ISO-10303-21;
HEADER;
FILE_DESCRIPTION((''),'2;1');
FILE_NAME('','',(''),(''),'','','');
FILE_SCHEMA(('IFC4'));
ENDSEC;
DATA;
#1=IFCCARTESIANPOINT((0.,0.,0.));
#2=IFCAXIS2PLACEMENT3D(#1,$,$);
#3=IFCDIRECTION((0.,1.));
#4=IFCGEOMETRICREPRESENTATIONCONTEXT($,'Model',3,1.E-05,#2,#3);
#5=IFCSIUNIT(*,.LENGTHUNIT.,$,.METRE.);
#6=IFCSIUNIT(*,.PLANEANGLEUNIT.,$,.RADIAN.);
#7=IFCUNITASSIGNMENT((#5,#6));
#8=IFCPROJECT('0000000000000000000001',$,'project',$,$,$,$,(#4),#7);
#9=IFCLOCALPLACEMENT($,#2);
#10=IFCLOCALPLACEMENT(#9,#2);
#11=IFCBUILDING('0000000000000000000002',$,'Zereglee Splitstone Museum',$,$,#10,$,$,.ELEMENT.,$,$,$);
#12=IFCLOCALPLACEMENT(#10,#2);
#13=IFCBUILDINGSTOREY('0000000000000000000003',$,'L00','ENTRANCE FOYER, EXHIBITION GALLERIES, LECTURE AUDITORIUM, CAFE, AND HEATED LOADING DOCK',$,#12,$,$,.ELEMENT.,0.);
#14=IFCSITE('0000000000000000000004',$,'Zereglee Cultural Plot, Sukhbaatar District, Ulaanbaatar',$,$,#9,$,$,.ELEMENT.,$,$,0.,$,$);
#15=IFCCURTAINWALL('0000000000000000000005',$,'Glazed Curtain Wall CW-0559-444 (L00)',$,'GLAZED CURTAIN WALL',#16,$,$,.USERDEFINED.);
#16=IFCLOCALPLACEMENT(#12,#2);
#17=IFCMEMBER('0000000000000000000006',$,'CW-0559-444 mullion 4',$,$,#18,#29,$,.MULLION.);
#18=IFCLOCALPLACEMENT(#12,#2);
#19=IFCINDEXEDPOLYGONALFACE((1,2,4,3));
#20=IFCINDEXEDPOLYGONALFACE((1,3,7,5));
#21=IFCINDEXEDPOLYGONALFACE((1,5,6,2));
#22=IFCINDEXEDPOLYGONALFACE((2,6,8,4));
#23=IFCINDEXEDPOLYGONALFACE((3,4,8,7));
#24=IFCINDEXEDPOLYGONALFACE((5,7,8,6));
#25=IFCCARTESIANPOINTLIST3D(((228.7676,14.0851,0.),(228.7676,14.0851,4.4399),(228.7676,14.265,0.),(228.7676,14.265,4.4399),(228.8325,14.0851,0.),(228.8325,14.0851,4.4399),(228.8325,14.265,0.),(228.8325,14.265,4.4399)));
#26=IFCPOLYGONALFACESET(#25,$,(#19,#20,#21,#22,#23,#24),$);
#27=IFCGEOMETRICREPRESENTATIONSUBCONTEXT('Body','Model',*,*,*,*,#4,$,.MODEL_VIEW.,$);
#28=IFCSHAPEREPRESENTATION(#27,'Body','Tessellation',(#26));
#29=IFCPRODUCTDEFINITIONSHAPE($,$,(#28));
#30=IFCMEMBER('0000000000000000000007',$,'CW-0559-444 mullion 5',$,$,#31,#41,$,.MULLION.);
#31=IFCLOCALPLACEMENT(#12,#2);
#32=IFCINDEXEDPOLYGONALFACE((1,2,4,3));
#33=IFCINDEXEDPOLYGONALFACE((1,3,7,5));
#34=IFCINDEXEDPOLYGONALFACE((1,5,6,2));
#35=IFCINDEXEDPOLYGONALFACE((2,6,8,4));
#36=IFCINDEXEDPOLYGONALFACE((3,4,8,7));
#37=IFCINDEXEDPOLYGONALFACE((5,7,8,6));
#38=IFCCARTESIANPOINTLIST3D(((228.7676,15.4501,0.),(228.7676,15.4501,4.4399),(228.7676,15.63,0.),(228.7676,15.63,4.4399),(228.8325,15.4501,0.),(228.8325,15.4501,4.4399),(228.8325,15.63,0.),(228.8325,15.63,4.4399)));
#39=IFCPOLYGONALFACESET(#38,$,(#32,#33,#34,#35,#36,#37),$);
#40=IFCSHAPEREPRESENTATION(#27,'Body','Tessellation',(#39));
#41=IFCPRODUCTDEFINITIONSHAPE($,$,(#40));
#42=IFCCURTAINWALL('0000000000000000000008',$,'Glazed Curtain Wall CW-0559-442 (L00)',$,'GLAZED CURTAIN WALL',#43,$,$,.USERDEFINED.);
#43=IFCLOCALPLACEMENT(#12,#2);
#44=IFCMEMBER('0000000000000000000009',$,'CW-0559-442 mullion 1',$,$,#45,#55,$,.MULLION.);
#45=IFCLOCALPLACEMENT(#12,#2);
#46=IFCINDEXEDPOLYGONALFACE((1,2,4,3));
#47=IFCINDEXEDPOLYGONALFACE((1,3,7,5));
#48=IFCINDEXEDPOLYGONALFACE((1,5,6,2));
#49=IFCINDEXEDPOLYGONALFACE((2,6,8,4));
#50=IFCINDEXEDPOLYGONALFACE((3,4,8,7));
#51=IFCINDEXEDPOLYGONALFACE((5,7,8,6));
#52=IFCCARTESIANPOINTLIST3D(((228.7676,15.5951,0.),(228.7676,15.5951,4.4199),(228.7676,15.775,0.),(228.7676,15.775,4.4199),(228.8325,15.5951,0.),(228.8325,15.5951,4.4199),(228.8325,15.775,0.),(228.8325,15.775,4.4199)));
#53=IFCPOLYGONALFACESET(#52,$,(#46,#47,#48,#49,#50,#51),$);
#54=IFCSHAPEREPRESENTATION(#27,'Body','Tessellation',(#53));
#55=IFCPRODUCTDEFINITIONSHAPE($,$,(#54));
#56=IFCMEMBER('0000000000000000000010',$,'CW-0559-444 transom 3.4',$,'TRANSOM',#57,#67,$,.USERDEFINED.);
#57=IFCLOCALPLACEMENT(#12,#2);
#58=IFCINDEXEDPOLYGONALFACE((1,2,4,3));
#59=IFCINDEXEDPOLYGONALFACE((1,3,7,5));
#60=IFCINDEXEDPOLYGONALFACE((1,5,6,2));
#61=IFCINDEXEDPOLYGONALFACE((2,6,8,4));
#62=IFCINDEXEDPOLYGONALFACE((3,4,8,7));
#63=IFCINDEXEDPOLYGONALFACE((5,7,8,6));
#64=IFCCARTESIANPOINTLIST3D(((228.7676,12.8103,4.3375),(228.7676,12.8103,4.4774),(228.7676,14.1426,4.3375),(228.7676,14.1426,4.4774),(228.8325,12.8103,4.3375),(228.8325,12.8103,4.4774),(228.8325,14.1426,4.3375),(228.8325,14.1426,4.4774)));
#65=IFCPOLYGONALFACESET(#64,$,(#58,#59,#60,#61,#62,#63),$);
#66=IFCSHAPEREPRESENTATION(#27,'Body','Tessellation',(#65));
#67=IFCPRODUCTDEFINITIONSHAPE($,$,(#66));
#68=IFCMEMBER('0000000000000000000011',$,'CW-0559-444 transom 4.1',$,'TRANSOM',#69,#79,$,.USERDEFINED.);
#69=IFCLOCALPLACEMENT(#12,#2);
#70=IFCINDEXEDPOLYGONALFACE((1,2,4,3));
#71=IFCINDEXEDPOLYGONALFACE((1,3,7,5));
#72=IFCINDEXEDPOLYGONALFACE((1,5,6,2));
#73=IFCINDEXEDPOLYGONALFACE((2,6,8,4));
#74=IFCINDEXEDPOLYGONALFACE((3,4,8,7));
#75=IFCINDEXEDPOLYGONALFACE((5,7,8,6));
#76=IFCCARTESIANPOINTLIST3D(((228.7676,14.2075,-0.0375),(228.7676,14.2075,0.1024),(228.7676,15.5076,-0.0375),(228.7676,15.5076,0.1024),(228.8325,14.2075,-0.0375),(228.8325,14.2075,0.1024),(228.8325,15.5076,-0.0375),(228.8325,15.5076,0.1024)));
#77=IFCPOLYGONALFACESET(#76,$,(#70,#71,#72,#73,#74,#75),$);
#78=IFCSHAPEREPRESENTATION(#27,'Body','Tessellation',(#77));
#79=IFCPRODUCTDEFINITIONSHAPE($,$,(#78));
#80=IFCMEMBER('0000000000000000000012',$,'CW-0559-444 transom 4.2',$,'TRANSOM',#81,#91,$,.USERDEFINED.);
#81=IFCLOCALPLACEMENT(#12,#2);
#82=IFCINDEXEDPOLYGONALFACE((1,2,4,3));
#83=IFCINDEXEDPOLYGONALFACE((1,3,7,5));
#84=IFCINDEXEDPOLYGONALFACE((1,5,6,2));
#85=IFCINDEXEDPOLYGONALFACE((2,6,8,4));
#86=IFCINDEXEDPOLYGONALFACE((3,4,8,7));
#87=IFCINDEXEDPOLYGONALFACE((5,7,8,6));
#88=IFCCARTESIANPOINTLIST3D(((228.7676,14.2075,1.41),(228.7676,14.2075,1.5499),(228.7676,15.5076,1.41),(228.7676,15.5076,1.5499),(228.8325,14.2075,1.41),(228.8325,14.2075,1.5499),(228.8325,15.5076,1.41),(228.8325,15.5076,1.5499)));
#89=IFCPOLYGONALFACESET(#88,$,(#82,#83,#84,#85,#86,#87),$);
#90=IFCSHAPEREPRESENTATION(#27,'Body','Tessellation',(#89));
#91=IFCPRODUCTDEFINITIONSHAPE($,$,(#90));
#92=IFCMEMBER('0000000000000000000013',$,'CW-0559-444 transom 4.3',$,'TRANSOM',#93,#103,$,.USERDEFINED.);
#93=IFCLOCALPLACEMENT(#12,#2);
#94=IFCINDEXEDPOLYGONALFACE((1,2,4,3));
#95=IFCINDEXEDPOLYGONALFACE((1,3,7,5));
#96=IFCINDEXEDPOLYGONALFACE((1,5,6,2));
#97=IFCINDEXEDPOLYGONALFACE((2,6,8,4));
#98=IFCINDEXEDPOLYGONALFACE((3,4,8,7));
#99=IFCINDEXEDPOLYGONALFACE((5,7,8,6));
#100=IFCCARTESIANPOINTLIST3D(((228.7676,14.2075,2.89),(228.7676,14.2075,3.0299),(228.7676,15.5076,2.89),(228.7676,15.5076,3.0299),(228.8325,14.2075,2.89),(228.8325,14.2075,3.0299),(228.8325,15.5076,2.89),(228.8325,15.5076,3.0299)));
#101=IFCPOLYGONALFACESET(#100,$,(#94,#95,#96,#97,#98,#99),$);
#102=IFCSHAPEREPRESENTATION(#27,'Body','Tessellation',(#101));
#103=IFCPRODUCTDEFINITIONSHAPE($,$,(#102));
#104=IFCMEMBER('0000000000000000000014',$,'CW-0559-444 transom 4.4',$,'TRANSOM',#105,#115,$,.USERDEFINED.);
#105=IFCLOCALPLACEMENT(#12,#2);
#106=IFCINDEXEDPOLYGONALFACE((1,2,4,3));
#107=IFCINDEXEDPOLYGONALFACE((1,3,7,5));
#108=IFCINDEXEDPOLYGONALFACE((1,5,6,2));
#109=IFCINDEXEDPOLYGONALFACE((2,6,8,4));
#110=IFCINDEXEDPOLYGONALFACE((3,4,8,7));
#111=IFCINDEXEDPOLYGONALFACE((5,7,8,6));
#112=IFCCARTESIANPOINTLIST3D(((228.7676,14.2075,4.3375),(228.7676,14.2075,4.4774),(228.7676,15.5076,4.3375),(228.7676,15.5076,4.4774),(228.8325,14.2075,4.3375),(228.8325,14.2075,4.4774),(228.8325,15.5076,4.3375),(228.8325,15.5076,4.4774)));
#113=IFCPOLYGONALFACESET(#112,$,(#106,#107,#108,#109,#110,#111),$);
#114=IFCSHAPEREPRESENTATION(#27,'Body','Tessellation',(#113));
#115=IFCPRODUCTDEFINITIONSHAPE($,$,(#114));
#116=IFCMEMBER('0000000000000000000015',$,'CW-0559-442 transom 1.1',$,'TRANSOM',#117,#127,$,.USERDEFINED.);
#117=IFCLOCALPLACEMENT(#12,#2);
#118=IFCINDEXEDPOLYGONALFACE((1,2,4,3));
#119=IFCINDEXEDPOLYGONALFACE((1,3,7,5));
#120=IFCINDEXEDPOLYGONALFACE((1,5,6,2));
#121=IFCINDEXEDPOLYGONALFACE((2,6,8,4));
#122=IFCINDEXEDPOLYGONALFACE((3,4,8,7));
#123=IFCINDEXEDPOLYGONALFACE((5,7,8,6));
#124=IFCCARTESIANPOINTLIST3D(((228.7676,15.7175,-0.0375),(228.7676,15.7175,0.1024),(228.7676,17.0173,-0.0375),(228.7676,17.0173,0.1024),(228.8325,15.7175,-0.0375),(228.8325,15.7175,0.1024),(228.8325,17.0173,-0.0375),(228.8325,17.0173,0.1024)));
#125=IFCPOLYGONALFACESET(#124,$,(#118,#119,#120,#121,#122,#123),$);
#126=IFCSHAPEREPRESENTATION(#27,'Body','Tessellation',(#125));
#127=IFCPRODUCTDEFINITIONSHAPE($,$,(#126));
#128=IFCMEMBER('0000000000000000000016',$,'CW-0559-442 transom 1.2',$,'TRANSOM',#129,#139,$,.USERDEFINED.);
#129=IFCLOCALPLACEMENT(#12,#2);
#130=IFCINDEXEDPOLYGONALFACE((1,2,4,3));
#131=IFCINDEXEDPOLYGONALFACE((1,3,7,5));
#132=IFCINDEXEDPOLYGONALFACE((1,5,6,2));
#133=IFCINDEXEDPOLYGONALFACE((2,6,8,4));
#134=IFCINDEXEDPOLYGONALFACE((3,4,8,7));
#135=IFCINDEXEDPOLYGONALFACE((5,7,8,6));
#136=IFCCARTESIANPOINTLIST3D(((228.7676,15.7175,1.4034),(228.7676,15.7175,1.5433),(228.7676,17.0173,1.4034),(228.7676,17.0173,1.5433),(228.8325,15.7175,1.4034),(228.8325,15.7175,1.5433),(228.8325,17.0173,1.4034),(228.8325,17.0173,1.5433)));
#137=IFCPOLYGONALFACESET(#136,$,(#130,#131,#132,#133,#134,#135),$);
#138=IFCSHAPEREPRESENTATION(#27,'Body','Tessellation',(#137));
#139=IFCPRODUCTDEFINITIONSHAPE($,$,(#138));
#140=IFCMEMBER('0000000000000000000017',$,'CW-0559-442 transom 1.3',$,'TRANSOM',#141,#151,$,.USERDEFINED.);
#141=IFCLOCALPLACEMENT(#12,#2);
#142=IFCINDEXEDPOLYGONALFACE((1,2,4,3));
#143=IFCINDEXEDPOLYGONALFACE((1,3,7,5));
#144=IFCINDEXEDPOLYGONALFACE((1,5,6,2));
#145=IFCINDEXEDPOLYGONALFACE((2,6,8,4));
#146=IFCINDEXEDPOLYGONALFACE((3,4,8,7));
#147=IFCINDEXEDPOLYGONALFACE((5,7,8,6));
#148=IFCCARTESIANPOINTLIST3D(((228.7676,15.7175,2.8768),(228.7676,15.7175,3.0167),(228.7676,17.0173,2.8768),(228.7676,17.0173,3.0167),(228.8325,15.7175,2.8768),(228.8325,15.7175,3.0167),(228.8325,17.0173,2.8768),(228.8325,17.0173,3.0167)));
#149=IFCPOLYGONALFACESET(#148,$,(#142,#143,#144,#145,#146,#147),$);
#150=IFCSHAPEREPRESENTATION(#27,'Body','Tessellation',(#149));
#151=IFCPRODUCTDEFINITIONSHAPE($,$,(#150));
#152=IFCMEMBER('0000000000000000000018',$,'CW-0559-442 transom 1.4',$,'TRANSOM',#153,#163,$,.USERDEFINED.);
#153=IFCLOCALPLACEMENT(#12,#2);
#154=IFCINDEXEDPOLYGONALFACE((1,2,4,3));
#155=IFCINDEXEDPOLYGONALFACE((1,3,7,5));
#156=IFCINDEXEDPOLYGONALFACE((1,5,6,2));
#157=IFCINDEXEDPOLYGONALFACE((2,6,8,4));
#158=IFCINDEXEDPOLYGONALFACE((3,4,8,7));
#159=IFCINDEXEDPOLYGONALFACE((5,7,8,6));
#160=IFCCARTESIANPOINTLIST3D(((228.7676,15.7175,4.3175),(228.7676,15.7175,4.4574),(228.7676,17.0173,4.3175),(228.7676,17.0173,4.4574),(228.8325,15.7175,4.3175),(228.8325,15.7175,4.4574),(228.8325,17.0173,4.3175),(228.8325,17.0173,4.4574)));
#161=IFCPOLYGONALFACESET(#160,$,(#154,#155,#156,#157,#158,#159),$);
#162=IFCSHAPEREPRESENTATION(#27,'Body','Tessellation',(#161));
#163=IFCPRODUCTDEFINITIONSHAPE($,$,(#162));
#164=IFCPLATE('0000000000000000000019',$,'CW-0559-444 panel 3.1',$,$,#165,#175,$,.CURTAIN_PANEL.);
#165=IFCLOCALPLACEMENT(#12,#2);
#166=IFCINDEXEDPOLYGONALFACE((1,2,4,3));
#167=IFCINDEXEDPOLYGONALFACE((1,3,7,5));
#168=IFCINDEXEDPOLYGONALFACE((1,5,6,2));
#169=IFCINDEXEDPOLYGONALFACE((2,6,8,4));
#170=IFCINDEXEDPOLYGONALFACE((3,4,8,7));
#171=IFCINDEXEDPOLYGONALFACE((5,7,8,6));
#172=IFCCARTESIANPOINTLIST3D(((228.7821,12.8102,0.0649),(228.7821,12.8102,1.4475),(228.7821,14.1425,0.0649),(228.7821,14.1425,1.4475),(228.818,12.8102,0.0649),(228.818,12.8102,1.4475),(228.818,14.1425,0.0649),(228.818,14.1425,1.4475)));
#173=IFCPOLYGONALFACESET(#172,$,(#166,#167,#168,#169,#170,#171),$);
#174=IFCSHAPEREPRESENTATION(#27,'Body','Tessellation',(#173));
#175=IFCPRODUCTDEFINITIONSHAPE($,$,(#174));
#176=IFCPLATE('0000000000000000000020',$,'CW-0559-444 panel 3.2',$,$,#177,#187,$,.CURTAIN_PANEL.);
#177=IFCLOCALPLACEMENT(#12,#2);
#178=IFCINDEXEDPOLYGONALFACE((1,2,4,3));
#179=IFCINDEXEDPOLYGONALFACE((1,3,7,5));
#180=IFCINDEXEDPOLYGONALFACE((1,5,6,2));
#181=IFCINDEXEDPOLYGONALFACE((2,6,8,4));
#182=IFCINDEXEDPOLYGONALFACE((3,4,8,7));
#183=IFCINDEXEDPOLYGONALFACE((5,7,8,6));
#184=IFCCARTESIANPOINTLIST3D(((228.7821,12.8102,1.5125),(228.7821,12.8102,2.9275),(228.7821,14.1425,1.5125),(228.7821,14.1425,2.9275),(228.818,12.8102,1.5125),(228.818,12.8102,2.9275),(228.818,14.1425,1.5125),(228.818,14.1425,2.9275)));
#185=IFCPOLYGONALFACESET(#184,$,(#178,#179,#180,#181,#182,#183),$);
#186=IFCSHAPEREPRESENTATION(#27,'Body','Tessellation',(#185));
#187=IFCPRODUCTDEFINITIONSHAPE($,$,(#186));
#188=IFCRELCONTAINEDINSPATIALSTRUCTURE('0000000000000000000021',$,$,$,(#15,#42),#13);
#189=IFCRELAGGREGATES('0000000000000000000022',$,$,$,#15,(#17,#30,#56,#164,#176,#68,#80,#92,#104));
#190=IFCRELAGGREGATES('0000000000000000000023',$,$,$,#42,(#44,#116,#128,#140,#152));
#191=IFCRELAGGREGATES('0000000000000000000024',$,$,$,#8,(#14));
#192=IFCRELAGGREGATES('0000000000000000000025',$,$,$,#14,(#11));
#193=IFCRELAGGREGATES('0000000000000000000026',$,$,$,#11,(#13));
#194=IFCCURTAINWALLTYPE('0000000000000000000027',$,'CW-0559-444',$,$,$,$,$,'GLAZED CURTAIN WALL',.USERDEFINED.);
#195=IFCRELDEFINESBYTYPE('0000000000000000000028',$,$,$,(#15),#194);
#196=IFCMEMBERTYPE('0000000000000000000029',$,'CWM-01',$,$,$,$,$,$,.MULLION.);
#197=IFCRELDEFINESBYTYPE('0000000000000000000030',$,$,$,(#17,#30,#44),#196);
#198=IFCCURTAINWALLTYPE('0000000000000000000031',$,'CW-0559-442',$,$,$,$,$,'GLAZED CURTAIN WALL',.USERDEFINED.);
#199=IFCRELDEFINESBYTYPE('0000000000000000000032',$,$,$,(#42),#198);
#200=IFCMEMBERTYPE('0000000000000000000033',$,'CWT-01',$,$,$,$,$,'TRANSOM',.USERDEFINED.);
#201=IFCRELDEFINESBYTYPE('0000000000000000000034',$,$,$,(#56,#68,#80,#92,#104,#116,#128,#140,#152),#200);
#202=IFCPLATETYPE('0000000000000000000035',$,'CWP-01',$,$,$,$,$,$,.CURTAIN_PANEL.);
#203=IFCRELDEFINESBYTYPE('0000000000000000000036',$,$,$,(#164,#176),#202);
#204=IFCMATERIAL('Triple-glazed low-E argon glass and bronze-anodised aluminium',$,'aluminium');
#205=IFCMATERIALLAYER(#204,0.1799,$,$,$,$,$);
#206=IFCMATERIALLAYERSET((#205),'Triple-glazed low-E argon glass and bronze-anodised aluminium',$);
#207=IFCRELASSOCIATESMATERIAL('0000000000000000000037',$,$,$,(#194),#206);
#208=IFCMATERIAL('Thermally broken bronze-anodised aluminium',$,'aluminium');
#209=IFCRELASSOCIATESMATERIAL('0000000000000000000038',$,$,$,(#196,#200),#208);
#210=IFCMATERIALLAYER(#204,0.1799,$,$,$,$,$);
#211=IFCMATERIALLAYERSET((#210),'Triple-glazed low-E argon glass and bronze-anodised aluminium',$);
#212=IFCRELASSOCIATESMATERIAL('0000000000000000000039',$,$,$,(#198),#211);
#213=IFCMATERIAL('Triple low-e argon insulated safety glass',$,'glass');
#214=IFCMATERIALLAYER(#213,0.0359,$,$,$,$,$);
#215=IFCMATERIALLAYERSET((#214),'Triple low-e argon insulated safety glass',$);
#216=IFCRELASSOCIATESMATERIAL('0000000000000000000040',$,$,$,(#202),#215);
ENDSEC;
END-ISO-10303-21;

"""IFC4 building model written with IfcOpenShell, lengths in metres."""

from ifc_helpers import new_model, si_unit, direction, frame, origin, origin_2d, place, context, subcontext, project, spatial, rectangle, extrude, material, layer, layer_set, material_profile, profile_set, type_object, element, aggregate, save


model = new_model("IFC4")

# Units and contexts
model_context = context("Model", 3, precision=1e-05, world=origin(), true_north=direction((0.0, 1.0)))
body_context = subcontext(model_context, "Body", "Model", "MODEL_VIEW")
ifc_project = project(units=[si_unit("LENGTHUNIT", "METRE"), si_unit("PLANEANGLEUNIT", "RADIAN")], contexts=[model_context])

# Site, building, storey
site_placement = place(None, origin())
site = spatial("IfcSite", under=ifc_project, at=site_placement, Name="Zereglee Cultural Plot, Sukhbaatar District, Ulaanbaatar", CompositionType="ELEMENT", RefElevation=0.0)
building_placement = place(site_placement, origin())
building = spatial("IfcBuilding", under=site, at=building_placement, Name="Zereglee Splitstone Museum", CompositionType="ELEMENT")
storey_placement = place(building_placement, origin())
storey = spatial("IfcBuildingStorey", under=building, at=storey_placement, Name="L00", Description="ENTRANCE FOYER, EXHIBITION GALLERIES, LECTURE AUDITORIUM, CAFE, AND HEATED LOADING DOCK", CompositionType="ELEMENT", Elevation=0.0)

# Curtain wall, members
ifc_material_1 = material(Name="Triple-glazed low-E argon glass and bronze-anodised aluminium", Category="aluminium")
ifc_layer_1 = layer(ifc_material_1, 0.1799)
ifc_layer_set_1 = layer_set([ifc_layer_1], Name="Triple-glazed low-E argon glass and bronze-anodised aluminium")
curtain_wall_type_1 = type_object("IfcCurtainWallType", Name="CW-0559-444", ElementType="GLAZED CURTAIN WALL", PredefinedType="USERDEFINED", material=ifc_layer_set_1)
curtain_wall_1_placement = place(storey_placement, origin())
curtain_wall_1 = element("IfcCurtainWall", 1, at=curtain_wall_1_placement, inside=storey, type_object=curtain_wall_type_1, Name="Glazed Curtain Wall CW-0559-444 (L00)", ObjectType="GLAZED CURTAIN WALL", PredefinedType="USERDEFINED")
ifc_material_2 = material(Name="Thermally broken bronze-anodised aluminium", Category="aluminium")
ifc_material_profile_1 = material_profile(ifc_material_2, rectangle(XDim=0.0649, YDim=0.1799, at=origin_2d()), Name="CW MULL 65x180")
ifc_profile_set_1 = profile_set([ifc_material_profile_1], Name="Thermally broken bronze-anodised aluminium")
member_type_1 = type_object("IfcMemberType", Name="CWM-01", PredefinedType="MULLION", material=ifc_profile_set_1)
member_1_placement = place(storey_placement, frame((228.8, 14.175, 0.0), z_axis=(0.0, 0.0, 1.0), x_axis=(-1.0, 0.0, 0.0)))
member_1 = element("IfcMember", 2, at=member_1_placement, type_object=member_type_1, Name="CW-0559-444 mullion 4", PredefinedType="MULLION", context=body_context, shape_type="SweptSolid", body=[
    extrude(rectangle(XDim=0.0649, YDim=0.1799, at=origin_2d()), origin(), (0.0, 0.0, 1.0), 4.4399),
])
member_2_placement = place(storey_placement, frame((228.8, 15.54, 0.0), z_axis=(0.0, 0.0, 1.0), x_axis=(-1.0, 0.0, 0.0)))
member_2 = element("IfcMember", 3, at=member_2_placement, type_object=member_type_1, Name="CW-0559-444 mullion 5", PredefinedType="MULLION", context=body_context, shape_type="SweptSolid", body=[
    extrude(rectangle(XDim=0.0649, YDim=0.1799, at=origin_2d()), origin(), (0.0, 0.0, 1.0), 4.4399),
])

# Curtain wall, member
ifc_layer_2 = layer(ifc_material_1, 0.1799)
ifc_layer_set_2 = layer_set([ifc_layer_2], Name="Triple-glazed low-E argon glass and bronze-anodised aluminium")
curtain_wall_type_2 = type_object("IfcCurtainWallType", Name="CW-0559-442", ElementType="GLAZED CURTAIN WALL", PredefinedType="USERDEFINED", material=ifc_layer_set_2)
curtain_wall_2_placement = place(storey_placement, origin())
curtain_wall_2 = element("IfcCurtainWall", 4, at=curtain_wall_2_placement, inside=storey, type_object=curtain_wall_type_2, Name="Glazed Curtain Wall CW-0559-442 (L00)", ObjectType="GLAZED CURTAIN WALL", PredefinedType="USERDEFINED")
member_3_placement = place(storey_placement, frame((228.8, 15.6851, 0.0), z_axis=(0.0, 0.0, 1.0), x_axis=(-1.0, 0.0, 0.0)))
member_3 = element("IfcMember", 5, at=member_3_placement, type_object=member_type_1, Name="CW-0559-442 mullion 1", PredefinedType="MULLION", context=body_context, shape_type="SweptSolid", body=[
    extrude(rectangle(XDim=0.0649, YDim=0.1799, at=origin_2d()), origin(), (0.0, 0.0, 1.0), 4.4199),
])

# Members
ifc_material_profile_2 = material_profile(ifc_material_2, rectangle(XDim=0.0649, YDim=0.1399, at=origin_2d()), Name="CW TRAN 65x140")
ifc_profile_set_2 = profile_set([ifc_material_profile_2], Name="Thermally broken bronze-anodised aluminium")
member_type_2 = type_object("IfcMemberType", Name="CWT-01", ElementType="TRANSOM", PredefinedType="USERDEFINED", material=ifc_profile_set_2)
member_4_placement = place(storey_placement, frame((228.8, 12.8103, 4.4075), z_axis=(0.0, 1.0, 0.0), x_axis=(-1.0, 0.0, 0.0)))
member_4 = element("IfcMember", 6, at=member_4_placement, type_object=member_type_2, Name="CW-0559-444 transom 3.4", ObjectType="TRANSOM", PredefinedType="USERDEFINED", context=body_context, shape_type="SweptSolid", body=[
    extrude(rectangle(XDim=0.0649, YDim=0.1399, at=origin_2d()), origin(), (0.0, 0.0, 1.0), 1.3323),
])
member_5_placement = place(storey_placement, frame((228.8, 14.2075, 0.0325), z_axis=(0.0, 1.0, 0.0), x_axis=(-1.0, 0.0, 0.0)))
member_5 = element("IfcMember", 7, at=member_5_placement, type_object=member_type_2, Name="CW-0559-444 transom 4.1", ObjectType="TRANSOM", PredefinedType="USERDEFINED", context=body_context, shape_type="SweptSolid", body=[
    extrude(rectangle(XDim=0.0649, YDim=0.1399, at=origin_2d()), origin(), (0.0, 0.0, 1.0), 1.3),
])
member_6_placement = place(storey_placement, frame((228.8, 14.2075, 1.48), z_axis=(0.0, 1.0, 0.0), x_axis=(-1.0, 0.0, 0.0)))
member_6 = element("IfcMember", 8, at=member_6_placement, type_object=member_type_2, Name="CW-0559-444 transom 4.2", ObjectType="TRANSOM", PredefinedType="USERDEFINED", context=body_context, shape_type="SweptSolid", body=[
    extrude(rectangle(XDim=0.0649, YDim=0.1399, at=origin_2d()), origin(), (0.0, 0.0, 1.0), 1.3),
])
member_7_placement = place(storey_placement, frame((228.8, 14.2075, 2.96), z_axis=(0.0, 1.0, 0.0), x_axis=(-1.0, 0.0, 0.0)))
member_7 = element("IfcMember", 9, at=member_7_placement, type_object=member_type_2, Name="CW-0559-444 transom 4.3", ObjectType="TRANSOM", PredefinedType="USERDEFINED", context=body_context, shape_type="SweptSolid", body=[
    extrude(rectangle(XDim=0.0649, YDim=0.1399, at=origin_2d()), origin(), (0.0, 0.0, 1.0), 1.3),
])
member_8_placement = place(storey_placement, frame((228.8, 14.2075, 4.4075), z_axis=(0.0, 1.0, 0.0), x_axis=(-1.0, 0.0, 0.0)))
member_8 = element("IfcMember", 10, at=member_8_placement, type_object=member_type_2, Name="CW-0559-444 transom 4.4", ObjectType="TRANSOM", PredefinedType="USERDEFINED", context=body_context, shape_type="SweptSolid", body=[
    extrude(rectangle(XDim=0.0649, YDim=0.1399, at=origin_2d()), origin(), (0.0, 0.0, 1.0), 1.3),
])
member_9_placement = place(storey_placement, frame((228.8, 15.7175, 0.0325), z_axis=(0.0, 1.0, 0.0), x_axis=(-1.0, 0.0, 0.0)))
member_9 = element("IfcMember", 11, at=member_9_placement, type_object=member_type_2, Name="CW-0559-442 transom 1.1", ObjectType="TRANSOM", PredefinedType="USERDEFINED", context=body_context, shape_type="SweptSolid", body=[
    extrude(rectangle(XDim=0.0649, YDim=0.1399, at=origin_2d()), origin(), (0.0, 0.0, 1.0), 1.2998),
])
member_10_placement = place(storey_placement, frame((228.8, 15.7175, 1.4734), z_axis=(0.0, 1.0, 0.0), x_axis=(-1.0, 0.0, 0.0)))
member_10 = element("IfcMember", 12, at=member_10_placement, type_object=member_type_2, Name="CW-0559-442 transom 1.2", ObjectType="TRANSOM", PredefinedType="USERDEFINED", context=body_context, shape_type="SweptSolid", body=[
    extrude(rectangle(XDim=0.0649, YDim=0.1399, at=origin_2d()), origin(), (0.0, 0.0, 1.0), 1.2998),
])
member_11_placement = place(storey_placement, frame((228.8, 15.7175, 2.9468), z_axis=(0.0, 1.0, 0.0), x_axis=(-1.0, 0.0, 0.0)))
member_11 = element("IfcMember", 13, at=member_11_placement, type_object=member_type_2, Name="CW-0559-442 transom 1.3", ObjectType="TRANSOM", PredefinedType="USERDEFINED", context=body_context, shape_type="SweptSolid", body=[
    extrude(rectangle(XDim=0.0649, YDim=0.1399, at=origin_2d()), origin(), (0.0, 0.0, 1.0), 1.2998),
])
member_12_placement = place(storey_placement, frame((228.8, 15.7175, 4.3875), z_axis=(0.0, 1.0, 0.0), x_axis=(-1.0, 0.0, 0.0)))
member_12 = element("IfcMember", 14, at=member_12_placement, type_object=member_type_2, Name="CW-0559-442 transom 1.4", ObjectType="TRANSOM", PredefinedType="USERDEFINED", context=body_context, shape_type="SweptSolid", body=[
    extrude(rectangle(XDim=0.0649, YDim=0.1399, at=origin_2d()), origin(), (0.0, 0.0, 1.0), 1.2998),
])

# Plates
ifc_material_3 = material(Name="Triple low-e argon insulated safety glass", Category="glass")
ifc_layer_3 = layer(ifc_material_3, 0.0359)
ifc_layer_set_3 = layer_set([ifc_layer_3], Name="Triple low-e argon insulated safety glass")
plate_type = type_object("IfcPlateType", Name="CWP-01", PredefinedType="CURTAIN_PANEL", material=ifc_layer_set_3)
plate_1_placement = place(storey_placement, frame((228.8, 13.4763, 0.0649), z_axis=(0.0, 0.0, 1.0), x_axis=(0.0, 1.0, 0.0)))
plate_1 = element("IfcPlate", 15, at=plate_1_placement, type_object=plate_type, Name="CW-0559-444 panel 3.1", PredefinedType="CURTAIN_PANEL", context=body_context, shape_type="SweptSolid", body=[
    extrude(rectangle(XDim=1.3323, YDim=0.0359, at=origin_2d()), origin(), (0.0, 0.0, 1.0), 1.3826),
])
plate_2_placement = place(storey_placement, frame((228.8, 13.4763, 1.5125), z_axis=(0.0, 0.0, 1.0), x_axis=(0.0, 1.0, 0.0)))
plate_2 = element("IfcPlate", 16, at=plate_2_placement, type_object=plate_type, Name="CW-0559-444 panel 3.2", PredefinedType="CURTAIN_PANEL", context=body_context, shape_type="SweptSolid", body=[
    extrude(rectangle(XDim=1.3323, YDim=0.0359, at=origin_2d()), origin(), (0.0, 0.0, 1.0), 1.415),
])
aggregate(curtain_wall_1, [member_1, member_2, member_4, plate_1, plate_2, member_5, member_6, member_7, member_8])
aggregate(curtain_wall_2, [member_3, member_9, member_10, member_11, member_12])

save(model, "model.ifc")
